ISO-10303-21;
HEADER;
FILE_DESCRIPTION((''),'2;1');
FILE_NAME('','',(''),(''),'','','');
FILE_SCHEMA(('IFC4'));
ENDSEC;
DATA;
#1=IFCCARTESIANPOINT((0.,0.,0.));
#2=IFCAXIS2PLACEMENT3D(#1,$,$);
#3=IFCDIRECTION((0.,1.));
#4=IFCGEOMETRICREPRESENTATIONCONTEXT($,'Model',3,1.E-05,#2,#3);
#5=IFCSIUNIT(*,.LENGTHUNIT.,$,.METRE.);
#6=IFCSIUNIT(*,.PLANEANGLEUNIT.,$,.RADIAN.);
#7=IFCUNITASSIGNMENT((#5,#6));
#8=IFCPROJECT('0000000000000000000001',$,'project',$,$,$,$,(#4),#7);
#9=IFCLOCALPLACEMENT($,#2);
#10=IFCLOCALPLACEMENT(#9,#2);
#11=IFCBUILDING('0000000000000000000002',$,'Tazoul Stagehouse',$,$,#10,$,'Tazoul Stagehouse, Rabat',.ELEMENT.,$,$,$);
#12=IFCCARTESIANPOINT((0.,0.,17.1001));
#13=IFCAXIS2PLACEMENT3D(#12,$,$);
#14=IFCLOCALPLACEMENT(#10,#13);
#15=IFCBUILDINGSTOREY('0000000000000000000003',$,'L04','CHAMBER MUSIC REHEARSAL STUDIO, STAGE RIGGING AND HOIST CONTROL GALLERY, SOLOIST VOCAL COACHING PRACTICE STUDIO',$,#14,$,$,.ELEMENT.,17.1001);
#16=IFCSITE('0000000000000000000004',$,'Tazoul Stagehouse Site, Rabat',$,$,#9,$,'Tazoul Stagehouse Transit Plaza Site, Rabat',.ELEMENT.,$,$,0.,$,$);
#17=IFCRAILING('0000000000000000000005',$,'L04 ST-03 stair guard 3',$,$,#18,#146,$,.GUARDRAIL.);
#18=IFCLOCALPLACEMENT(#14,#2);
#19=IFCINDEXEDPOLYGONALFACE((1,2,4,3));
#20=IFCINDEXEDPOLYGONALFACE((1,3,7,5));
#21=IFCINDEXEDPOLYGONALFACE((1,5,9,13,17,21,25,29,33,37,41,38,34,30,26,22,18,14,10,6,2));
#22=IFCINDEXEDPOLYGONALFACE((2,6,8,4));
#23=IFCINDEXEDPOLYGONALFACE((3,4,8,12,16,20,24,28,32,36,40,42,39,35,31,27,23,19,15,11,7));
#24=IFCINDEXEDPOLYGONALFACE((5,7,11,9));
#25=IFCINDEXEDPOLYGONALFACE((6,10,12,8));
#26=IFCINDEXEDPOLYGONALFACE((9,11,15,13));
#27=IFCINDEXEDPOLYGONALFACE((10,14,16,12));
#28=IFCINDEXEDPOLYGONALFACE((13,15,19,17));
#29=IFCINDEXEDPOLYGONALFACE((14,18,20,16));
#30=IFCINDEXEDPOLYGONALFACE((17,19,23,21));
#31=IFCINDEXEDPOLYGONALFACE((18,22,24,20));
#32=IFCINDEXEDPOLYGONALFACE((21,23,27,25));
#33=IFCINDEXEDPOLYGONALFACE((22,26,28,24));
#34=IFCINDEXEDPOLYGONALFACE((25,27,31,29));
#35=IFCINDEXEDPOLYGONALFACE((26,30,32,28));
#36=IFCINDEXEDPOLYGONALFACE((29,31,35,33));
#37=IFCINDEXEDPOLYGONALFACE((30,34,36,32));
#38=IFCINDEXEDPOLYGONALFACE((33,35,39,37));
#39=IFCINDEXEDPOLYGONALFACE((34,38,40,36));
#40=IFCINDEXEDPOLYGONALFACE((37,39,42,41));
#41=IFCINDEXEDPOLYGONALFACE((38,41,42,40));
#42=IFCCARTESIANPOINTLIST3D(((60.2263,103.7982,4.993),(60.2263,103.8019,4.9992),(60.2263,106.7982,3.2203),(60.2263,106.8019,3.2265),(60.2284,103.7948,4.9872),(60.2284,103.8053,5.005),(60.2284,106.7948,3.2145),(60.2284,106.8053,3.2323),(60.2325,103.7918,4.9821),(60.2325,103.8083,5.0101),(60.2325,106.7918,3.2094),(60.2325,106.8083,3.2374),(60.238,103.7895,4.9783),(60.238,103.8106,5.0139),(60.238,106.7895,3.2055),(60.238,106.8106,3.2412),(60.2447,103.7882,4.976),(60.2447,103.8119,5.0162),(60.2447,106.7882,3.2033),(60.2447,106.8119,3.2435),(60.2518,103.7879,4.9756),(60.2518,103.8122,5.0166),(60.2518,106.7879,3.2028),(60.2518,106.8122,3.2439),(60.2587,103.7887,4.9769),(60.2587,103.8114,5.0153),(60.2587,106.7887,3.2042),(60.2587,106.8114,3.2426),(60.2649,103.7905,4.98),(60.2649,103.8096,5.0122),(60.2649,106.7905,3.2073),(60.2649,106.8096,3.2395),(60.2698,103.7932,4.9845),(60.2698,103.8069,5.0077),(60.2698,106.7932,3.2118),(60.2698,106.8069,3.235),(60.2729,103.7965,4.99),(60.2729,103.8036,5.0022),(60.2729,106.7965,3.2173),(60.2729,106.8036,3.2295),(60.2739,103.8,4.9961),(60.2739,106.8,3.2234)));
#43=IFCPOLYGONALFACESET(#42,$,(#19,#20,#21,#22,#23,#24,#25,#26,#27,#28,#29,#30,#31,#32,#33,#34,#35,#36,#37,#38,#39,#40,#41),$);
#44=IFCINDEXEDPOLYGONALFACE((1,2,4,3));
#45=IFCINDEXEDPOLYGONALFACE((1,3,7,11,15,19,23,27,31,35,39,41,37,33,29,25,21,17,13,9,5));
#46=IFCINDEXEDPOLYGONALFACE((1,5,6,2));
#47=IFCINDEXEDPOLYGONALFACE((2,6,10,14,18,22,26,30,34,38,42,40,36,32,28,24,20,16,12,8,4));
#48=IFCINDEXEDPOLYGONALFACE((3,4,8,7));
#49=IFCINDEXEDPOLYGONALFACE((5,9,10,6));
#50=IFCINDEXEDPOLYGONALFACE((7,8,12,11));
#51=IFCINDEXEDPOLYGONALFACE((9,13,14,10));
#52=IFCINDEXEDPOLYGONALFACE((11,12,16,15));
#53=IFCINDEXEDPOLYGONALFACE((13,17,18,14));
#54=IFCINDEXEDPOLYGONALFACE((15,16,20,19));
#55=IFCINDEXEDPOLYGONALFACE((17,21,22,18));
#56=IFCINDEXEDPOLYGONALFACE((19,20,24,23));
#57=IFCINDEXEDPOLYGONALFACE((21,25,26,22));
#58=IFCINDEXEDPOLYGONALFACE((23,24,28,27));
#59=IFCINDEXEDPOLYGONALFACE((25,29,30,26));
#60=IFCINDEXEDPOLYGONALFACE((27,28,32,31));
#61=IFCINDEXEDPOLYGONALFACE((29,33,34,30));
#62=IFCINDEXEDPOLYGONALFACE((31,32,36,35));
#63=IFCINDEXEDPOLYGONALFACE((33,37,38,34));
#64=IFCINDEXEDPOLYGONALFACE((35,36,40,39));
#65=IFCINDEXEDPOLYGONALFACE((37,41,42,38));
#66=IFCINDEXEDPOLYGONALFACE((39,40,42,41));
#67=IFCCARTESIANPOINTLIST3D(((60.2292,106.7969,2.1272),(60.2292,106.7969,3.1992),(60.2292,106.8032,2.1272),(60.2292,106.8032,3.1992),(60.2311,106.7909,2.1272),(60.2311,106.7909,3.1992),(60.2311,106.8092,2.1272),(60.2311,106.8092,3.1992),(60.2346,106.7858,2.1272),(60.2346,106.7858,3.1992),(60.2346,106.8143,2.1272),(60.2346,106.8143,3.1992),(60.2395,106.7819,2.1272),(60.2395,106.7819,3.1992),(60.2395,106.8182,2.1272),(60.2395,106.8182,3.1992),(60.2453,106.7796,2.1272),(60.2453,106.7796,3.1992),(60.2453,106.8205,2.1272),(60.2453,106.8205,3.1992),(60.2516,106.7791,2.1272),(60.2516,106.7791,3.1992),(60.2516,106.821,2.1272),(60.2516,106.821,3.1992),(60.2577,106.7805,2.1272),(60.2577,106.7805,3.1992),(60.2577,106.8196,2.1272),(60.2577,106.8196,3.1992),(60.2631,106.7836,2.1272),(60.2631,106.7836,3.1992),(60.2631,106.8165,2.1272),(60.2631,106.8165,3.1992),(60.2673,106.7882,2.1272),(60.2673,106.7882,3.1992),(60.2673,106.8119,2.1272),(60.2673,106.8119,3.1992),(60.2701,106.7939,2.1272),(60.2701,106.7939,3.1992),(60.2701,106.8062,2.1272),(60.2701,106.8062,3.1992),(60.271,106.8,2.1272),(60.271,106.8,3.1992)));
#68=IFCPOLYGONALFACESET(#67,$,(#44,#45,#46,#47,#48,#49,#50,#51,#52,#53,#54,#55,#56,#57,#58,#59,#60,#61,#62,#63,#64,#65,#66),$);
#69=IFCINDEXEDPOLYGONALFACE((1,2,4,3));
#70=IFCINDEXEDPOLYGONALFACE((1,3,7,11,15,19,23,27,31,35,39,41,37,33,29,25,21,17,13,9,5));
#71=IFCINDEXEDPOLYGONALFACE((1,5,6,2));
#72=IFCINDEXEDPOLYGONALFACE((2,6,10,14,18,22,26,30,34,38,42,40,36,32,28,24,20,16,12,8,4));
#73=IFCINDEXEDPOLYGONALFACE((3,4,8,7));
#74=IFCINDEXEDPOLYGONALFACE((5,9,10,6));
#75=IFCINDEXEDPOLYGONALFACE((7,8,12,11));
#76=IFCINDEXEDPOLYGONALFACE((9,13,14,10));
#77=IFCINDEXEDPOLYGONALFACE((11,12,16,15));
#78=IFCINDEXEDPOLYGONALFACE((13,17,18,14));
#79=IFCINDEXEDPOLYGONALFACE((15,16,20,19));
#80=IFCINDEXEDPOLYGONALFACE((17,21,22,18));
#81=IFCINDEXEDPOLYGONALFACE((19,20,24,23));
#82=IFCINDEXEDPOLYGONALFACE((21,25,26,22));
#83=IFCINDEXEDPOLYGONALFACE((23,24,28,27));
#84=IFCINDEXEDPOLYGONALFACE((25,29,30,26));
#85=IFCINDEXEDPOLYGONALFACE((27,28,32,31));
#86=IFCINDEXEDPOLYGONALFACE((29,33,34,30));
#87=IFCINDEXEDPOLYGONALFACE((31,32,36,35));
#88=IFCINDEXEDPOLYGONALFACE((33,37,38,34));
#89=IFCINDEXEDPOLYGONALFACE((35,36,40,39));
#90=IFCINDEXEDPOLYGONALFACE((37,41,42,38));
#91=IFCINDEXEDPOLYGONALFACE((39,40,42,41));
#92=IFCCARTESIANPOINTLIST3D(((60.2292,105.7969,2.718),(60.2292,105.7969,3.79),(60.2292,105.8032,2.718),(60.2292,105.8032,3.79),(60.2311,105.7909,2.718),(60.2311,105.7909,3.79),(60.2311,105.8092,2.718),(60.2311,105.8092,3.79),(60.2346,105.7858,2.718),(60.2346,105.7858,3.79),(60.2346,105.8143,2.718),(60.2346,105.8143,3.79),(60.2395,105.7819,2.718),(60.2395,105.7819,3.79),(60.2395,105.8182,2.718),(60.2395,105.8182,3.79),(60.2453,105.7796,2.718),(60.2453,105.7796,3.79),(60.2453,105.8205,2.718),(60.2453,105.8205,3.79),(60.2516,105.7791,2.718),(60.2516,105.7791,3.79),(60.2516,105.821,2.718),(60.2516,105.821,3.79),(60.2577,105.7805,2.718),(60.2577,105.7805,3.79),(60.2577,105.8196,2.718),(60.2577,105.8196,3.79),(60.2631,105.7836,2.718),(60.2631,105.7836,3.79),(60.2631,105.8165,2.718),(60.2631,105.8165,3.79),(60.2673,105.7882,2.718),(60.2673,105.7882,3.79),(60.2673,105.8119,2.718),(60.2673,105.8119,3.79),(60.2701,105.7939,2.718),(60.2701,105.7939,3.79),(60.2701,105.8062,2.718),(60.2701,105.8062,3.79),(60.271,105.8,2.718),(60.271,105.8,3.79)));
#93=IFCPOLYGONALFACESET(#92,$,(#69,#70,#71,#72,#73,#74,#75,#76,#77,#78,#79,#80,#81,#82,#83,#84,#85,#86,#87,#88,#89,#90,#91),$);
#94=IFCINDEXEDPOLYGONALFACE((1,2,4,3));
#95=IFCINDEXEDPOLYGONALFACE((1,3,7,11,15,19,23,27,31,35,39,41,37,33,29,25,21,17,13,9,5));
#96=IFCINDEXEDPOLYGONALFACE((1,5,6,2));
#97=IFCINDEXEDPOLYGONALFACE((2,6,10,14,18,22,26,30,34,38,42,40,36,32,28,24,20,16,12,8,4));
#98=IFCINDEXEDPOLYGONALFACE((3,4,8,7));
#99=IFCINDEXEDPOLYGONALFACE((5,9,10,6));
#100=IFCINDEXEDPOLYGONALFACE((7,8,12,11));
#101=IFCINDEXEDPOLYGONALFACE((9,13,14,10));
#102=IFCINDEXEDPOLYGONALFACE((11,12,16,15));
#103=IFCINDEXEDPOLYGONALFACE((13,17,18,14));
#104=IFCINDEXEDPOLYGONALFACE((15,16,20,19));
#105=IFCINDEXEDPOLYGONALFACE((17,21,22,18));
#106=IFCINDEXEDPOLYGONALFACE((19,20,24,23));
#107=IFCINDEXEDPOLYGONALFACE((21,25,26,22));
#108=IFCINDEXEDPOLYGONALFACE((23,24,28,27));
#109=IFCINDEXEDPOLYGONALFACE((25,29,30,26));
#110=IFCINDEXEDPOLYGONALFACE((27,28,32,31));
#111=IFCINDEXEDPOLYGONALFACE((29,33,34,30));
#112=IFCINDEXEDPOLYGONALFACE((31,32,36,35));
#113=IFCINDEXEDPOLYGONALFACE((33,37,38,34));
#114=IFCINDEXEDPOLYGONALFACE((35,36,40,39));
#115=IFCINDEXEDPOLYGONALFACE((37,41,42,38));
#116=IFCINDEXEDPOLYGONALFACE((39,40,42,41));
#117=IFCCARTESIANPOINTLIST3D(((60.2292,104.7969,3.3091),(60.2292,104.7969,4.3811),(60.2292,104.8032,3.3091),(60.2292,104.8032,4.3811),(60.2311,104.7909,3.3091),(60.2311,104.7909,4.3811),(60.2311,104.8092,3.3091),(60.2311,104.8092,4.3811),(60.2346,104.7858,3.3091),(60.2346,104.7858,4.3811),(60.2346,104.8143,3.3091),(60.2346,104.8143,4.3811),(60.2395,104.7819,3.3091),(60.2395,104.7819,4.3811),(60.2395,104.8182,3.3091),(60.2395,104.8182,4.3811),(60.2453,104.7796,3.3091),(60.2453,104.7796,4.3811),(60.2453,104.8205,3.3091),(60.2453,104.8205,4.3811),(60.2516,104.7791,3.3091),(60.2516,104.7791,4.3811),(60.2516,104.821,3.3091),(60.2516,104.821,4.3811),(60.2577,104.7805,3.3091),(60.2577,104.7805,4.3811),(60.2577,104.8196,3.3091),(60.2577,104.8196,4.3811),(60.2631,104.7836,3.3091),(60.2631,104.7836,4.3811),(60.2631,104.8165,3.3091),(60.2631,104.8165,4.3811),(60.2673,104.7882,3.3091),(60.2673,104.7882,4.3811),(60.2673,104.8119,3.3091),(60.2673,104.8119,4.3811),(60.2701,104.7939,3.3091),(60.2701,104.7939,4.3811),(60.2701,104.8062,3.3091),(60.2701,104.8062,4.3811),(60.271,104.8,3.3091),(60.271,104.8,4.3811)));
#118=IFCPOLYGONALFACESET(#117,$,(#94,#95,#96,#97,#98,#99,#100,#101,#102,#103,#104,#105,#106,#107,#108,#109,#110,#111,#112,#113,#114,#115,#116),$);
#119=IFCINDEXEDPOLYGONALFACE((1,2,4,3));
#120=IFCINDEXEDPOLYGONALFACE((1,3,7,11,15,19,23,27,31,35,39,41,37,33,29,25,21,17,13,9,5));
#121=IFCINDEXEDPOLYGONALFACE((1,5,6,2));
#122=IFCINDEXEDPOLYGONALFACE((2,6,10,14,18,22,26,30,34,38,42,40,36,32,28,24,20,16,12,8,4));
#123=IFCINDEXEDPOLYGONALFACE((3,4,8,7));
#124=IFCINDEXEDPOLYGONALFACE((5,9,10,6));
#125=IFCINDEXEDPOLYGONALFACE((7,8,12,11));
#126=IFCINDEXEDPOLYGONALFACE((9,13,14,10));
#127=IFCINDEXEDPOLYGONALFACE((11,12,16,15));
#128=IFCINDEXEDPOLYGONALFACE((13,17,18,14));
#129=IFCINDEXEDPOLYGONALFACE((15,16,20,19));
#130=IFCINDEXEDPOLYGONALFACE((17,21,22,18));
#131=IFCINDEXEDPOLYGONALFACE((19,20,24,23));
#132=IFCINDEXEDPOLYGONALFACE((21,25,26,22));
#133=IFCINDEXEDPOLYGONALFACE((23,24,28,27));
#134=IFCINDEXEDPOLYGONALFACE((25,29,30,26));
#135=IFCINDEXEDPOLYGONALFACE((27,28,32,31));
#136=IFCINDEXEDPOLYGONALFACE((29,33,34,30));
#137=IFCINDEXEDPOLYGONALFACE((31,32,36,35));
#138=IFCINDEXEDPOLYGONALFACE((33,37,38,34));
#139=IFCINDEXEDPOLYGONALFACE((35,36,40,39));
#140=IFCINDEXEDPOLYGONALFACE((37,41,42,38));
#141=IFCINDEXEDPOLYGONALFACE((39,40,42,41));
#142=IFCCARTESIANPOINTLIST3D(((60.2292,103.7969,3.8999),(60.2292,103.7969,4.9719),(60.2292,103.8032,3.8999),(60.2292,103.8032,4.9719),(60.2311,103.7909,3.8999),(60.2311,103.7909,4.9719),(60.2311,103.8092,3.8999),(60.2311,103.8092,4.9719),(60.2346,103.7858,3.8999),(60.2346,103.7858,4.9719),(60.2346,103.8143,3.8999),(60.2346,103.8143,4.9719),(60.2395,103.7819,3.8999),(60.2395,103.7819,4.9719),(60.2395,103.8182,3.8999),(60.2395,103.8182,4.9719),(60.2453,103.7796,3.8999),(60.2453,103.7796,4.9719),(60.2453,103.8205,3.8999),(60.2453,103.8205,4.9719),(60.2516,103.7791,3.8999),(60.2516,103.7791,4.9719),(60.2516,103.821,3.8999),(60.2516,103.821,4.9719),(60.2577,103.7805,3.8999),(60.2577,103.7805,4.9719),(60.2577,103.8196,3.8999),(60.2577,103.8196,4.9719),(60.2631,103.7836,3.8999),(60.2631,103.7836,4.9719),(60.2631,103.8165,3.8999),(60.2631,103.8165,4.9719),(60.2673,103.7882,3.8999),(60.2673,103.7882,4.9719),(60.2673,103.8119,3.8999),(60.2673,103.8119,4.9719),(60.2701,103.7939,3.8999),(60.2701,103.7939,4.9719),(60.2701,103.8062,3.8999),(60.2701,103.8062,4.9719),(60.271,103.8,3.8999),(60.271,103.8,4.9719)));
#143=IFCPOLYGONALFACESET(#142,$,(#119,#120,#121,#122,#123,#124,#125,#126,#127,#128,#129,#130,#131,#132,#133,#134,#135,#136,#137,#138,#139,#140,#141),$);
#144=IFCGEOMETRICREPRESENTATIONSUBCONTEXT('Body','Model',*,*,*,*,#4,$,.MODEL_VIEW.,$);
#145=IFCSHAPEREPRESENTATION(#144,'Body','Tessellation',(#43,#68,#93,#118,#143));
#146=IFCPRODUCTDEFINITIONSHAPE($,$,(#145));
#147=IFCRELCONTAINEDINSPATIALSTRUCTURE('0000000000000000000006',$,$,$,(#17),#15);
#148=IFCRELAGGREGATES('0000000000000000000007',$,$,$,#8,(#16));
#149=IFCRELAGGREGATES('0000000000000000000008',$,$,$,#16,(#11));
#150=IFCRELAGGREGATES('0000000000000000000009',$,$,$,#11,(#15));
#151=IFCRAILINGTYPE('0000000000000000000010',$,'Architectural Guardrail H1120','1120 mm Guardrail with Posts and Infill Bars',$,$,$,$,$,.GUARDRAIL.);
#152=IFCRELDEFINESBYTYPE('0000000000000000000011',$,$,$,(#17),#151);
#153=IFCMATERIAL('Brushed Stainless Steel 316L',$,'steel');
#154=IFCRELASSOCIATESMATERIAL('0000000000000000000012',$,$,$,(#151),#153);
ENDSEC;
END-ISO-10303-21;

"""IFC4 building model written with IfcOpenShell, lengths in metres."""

from ifc_helpers import new_model, si_unit, direction, frame, origin, origin_2d, place, context, subcontext, project, spatial, circle, extrude, material, material_profile, profile_set, type_object, element, save


model = new_model("IFC4")

# Units and contexts
model_context = context("Model", 3, precision=1e-05, world=origin(), true_north=direction((0.0, 1.0)))
body_context = subcontext(model_context, "Body", "Model", "MODEL_VIEW")
ifc_project = project(units=[si_unit("LENGTHUNIT", "METRE"), si_unit("PLANEANGLEUNIT", "RADIAN")], contexts=[model_context])

# Site, building, storey
site_placement = place(None, origin())
site = spatial("IfcSite", under=ifc_project, at=site_placement, Name="Tazoul Stagehouse Site, Rabat", LongName="Tazoul Stagehouse Transit Plaza Site, Rabat", CompositionType="ELEMENT", RefElevation=0.0)
building_placement = place(site_placement, origin())
building = spatial("IfcBuilding", under=site, at=building_placement, Name="Tazoul Stagehouse", LongName="Tazoul Stagehouse, Rabat", CompositionType="ELEMENT")
storey_placement = place(building_placement, frame((0.0, 0.0, 17.1001)))
storey = spatial("IfcBuildingStorey", under=building, at=storey_placement, Name="L04", Description="CHAMBER MUSIC REHEARSAL STUDIO, STAGE RIGGING AND HOIST CONTROL GALLERY, SOLOIST VOCAL COACHING PRACTICE STUDIO", CompositionType="ELEMENT", Elevation=17.1001)

# Railing
ifc_material_1 = material(Name="Brushed Stainless Steel 316L", Category="steel")
ifc_material_profile_1 = material_profile(ifc_material_1, circle(Radius=0.0239, at=origin_2d()), Name="SS RAIL D48")
ifc_profile_set_1 = profile_set([ifc_material_profile_1], Name="Brushed Stainless Steel 316L")
railing_type_1 = type_object("IfcRailingType", Name="Architectural Guardrail H1120", Description="1120 mm Guardrail with Posts and Infill Bars", PredefinedType="GUARDRAIL", material=ifc_profile_set_1)
railing_1_placement = place(storey_placement, frame((60.25, 106.8, 2.1272)))
element("IfcRailing", 1, at=railing_1_placement, inside=storey, type_object=railing_type_1, Name="L04 ST-03 stair guard 3", PredefinedType="GUARDRAIL", context=body_context, shape_type="SweptSolid", body=[
    extrude(circle(Radius=0.0239, at=origin_2d()), frame((0.0, 0.0, 1.0962), z_axis=(0.0, -0.860929, 0.508725), x_axis=(1.0, 0.0, 0.0)), (0.0, 0.0, 1.0), 3.4846),
    extrude(circle(Radius=0.021, at=origin_2d()), origin(), (0.0, 0.0, 1.0), 1.072),
    extrude(circle(Radius=0.021, at=origin_2d()), frame((0.0, -1.0, 0.5908)), (0.0, 0.0, 1.0), 1.072),
    extrude(circle(Radius=0.021, at=origin_2d()), frame((0.0, -2.0, 1.1819)), (0.0, 0.0, 1.0), 1.072),
    extrude(circle(Radius=0.021, at=origin_2d()), frame((0.0, -3.0, 1.7727)), (0.0, 0.0, 1.0), 1.072),
])

save(model, "model.ifc")
